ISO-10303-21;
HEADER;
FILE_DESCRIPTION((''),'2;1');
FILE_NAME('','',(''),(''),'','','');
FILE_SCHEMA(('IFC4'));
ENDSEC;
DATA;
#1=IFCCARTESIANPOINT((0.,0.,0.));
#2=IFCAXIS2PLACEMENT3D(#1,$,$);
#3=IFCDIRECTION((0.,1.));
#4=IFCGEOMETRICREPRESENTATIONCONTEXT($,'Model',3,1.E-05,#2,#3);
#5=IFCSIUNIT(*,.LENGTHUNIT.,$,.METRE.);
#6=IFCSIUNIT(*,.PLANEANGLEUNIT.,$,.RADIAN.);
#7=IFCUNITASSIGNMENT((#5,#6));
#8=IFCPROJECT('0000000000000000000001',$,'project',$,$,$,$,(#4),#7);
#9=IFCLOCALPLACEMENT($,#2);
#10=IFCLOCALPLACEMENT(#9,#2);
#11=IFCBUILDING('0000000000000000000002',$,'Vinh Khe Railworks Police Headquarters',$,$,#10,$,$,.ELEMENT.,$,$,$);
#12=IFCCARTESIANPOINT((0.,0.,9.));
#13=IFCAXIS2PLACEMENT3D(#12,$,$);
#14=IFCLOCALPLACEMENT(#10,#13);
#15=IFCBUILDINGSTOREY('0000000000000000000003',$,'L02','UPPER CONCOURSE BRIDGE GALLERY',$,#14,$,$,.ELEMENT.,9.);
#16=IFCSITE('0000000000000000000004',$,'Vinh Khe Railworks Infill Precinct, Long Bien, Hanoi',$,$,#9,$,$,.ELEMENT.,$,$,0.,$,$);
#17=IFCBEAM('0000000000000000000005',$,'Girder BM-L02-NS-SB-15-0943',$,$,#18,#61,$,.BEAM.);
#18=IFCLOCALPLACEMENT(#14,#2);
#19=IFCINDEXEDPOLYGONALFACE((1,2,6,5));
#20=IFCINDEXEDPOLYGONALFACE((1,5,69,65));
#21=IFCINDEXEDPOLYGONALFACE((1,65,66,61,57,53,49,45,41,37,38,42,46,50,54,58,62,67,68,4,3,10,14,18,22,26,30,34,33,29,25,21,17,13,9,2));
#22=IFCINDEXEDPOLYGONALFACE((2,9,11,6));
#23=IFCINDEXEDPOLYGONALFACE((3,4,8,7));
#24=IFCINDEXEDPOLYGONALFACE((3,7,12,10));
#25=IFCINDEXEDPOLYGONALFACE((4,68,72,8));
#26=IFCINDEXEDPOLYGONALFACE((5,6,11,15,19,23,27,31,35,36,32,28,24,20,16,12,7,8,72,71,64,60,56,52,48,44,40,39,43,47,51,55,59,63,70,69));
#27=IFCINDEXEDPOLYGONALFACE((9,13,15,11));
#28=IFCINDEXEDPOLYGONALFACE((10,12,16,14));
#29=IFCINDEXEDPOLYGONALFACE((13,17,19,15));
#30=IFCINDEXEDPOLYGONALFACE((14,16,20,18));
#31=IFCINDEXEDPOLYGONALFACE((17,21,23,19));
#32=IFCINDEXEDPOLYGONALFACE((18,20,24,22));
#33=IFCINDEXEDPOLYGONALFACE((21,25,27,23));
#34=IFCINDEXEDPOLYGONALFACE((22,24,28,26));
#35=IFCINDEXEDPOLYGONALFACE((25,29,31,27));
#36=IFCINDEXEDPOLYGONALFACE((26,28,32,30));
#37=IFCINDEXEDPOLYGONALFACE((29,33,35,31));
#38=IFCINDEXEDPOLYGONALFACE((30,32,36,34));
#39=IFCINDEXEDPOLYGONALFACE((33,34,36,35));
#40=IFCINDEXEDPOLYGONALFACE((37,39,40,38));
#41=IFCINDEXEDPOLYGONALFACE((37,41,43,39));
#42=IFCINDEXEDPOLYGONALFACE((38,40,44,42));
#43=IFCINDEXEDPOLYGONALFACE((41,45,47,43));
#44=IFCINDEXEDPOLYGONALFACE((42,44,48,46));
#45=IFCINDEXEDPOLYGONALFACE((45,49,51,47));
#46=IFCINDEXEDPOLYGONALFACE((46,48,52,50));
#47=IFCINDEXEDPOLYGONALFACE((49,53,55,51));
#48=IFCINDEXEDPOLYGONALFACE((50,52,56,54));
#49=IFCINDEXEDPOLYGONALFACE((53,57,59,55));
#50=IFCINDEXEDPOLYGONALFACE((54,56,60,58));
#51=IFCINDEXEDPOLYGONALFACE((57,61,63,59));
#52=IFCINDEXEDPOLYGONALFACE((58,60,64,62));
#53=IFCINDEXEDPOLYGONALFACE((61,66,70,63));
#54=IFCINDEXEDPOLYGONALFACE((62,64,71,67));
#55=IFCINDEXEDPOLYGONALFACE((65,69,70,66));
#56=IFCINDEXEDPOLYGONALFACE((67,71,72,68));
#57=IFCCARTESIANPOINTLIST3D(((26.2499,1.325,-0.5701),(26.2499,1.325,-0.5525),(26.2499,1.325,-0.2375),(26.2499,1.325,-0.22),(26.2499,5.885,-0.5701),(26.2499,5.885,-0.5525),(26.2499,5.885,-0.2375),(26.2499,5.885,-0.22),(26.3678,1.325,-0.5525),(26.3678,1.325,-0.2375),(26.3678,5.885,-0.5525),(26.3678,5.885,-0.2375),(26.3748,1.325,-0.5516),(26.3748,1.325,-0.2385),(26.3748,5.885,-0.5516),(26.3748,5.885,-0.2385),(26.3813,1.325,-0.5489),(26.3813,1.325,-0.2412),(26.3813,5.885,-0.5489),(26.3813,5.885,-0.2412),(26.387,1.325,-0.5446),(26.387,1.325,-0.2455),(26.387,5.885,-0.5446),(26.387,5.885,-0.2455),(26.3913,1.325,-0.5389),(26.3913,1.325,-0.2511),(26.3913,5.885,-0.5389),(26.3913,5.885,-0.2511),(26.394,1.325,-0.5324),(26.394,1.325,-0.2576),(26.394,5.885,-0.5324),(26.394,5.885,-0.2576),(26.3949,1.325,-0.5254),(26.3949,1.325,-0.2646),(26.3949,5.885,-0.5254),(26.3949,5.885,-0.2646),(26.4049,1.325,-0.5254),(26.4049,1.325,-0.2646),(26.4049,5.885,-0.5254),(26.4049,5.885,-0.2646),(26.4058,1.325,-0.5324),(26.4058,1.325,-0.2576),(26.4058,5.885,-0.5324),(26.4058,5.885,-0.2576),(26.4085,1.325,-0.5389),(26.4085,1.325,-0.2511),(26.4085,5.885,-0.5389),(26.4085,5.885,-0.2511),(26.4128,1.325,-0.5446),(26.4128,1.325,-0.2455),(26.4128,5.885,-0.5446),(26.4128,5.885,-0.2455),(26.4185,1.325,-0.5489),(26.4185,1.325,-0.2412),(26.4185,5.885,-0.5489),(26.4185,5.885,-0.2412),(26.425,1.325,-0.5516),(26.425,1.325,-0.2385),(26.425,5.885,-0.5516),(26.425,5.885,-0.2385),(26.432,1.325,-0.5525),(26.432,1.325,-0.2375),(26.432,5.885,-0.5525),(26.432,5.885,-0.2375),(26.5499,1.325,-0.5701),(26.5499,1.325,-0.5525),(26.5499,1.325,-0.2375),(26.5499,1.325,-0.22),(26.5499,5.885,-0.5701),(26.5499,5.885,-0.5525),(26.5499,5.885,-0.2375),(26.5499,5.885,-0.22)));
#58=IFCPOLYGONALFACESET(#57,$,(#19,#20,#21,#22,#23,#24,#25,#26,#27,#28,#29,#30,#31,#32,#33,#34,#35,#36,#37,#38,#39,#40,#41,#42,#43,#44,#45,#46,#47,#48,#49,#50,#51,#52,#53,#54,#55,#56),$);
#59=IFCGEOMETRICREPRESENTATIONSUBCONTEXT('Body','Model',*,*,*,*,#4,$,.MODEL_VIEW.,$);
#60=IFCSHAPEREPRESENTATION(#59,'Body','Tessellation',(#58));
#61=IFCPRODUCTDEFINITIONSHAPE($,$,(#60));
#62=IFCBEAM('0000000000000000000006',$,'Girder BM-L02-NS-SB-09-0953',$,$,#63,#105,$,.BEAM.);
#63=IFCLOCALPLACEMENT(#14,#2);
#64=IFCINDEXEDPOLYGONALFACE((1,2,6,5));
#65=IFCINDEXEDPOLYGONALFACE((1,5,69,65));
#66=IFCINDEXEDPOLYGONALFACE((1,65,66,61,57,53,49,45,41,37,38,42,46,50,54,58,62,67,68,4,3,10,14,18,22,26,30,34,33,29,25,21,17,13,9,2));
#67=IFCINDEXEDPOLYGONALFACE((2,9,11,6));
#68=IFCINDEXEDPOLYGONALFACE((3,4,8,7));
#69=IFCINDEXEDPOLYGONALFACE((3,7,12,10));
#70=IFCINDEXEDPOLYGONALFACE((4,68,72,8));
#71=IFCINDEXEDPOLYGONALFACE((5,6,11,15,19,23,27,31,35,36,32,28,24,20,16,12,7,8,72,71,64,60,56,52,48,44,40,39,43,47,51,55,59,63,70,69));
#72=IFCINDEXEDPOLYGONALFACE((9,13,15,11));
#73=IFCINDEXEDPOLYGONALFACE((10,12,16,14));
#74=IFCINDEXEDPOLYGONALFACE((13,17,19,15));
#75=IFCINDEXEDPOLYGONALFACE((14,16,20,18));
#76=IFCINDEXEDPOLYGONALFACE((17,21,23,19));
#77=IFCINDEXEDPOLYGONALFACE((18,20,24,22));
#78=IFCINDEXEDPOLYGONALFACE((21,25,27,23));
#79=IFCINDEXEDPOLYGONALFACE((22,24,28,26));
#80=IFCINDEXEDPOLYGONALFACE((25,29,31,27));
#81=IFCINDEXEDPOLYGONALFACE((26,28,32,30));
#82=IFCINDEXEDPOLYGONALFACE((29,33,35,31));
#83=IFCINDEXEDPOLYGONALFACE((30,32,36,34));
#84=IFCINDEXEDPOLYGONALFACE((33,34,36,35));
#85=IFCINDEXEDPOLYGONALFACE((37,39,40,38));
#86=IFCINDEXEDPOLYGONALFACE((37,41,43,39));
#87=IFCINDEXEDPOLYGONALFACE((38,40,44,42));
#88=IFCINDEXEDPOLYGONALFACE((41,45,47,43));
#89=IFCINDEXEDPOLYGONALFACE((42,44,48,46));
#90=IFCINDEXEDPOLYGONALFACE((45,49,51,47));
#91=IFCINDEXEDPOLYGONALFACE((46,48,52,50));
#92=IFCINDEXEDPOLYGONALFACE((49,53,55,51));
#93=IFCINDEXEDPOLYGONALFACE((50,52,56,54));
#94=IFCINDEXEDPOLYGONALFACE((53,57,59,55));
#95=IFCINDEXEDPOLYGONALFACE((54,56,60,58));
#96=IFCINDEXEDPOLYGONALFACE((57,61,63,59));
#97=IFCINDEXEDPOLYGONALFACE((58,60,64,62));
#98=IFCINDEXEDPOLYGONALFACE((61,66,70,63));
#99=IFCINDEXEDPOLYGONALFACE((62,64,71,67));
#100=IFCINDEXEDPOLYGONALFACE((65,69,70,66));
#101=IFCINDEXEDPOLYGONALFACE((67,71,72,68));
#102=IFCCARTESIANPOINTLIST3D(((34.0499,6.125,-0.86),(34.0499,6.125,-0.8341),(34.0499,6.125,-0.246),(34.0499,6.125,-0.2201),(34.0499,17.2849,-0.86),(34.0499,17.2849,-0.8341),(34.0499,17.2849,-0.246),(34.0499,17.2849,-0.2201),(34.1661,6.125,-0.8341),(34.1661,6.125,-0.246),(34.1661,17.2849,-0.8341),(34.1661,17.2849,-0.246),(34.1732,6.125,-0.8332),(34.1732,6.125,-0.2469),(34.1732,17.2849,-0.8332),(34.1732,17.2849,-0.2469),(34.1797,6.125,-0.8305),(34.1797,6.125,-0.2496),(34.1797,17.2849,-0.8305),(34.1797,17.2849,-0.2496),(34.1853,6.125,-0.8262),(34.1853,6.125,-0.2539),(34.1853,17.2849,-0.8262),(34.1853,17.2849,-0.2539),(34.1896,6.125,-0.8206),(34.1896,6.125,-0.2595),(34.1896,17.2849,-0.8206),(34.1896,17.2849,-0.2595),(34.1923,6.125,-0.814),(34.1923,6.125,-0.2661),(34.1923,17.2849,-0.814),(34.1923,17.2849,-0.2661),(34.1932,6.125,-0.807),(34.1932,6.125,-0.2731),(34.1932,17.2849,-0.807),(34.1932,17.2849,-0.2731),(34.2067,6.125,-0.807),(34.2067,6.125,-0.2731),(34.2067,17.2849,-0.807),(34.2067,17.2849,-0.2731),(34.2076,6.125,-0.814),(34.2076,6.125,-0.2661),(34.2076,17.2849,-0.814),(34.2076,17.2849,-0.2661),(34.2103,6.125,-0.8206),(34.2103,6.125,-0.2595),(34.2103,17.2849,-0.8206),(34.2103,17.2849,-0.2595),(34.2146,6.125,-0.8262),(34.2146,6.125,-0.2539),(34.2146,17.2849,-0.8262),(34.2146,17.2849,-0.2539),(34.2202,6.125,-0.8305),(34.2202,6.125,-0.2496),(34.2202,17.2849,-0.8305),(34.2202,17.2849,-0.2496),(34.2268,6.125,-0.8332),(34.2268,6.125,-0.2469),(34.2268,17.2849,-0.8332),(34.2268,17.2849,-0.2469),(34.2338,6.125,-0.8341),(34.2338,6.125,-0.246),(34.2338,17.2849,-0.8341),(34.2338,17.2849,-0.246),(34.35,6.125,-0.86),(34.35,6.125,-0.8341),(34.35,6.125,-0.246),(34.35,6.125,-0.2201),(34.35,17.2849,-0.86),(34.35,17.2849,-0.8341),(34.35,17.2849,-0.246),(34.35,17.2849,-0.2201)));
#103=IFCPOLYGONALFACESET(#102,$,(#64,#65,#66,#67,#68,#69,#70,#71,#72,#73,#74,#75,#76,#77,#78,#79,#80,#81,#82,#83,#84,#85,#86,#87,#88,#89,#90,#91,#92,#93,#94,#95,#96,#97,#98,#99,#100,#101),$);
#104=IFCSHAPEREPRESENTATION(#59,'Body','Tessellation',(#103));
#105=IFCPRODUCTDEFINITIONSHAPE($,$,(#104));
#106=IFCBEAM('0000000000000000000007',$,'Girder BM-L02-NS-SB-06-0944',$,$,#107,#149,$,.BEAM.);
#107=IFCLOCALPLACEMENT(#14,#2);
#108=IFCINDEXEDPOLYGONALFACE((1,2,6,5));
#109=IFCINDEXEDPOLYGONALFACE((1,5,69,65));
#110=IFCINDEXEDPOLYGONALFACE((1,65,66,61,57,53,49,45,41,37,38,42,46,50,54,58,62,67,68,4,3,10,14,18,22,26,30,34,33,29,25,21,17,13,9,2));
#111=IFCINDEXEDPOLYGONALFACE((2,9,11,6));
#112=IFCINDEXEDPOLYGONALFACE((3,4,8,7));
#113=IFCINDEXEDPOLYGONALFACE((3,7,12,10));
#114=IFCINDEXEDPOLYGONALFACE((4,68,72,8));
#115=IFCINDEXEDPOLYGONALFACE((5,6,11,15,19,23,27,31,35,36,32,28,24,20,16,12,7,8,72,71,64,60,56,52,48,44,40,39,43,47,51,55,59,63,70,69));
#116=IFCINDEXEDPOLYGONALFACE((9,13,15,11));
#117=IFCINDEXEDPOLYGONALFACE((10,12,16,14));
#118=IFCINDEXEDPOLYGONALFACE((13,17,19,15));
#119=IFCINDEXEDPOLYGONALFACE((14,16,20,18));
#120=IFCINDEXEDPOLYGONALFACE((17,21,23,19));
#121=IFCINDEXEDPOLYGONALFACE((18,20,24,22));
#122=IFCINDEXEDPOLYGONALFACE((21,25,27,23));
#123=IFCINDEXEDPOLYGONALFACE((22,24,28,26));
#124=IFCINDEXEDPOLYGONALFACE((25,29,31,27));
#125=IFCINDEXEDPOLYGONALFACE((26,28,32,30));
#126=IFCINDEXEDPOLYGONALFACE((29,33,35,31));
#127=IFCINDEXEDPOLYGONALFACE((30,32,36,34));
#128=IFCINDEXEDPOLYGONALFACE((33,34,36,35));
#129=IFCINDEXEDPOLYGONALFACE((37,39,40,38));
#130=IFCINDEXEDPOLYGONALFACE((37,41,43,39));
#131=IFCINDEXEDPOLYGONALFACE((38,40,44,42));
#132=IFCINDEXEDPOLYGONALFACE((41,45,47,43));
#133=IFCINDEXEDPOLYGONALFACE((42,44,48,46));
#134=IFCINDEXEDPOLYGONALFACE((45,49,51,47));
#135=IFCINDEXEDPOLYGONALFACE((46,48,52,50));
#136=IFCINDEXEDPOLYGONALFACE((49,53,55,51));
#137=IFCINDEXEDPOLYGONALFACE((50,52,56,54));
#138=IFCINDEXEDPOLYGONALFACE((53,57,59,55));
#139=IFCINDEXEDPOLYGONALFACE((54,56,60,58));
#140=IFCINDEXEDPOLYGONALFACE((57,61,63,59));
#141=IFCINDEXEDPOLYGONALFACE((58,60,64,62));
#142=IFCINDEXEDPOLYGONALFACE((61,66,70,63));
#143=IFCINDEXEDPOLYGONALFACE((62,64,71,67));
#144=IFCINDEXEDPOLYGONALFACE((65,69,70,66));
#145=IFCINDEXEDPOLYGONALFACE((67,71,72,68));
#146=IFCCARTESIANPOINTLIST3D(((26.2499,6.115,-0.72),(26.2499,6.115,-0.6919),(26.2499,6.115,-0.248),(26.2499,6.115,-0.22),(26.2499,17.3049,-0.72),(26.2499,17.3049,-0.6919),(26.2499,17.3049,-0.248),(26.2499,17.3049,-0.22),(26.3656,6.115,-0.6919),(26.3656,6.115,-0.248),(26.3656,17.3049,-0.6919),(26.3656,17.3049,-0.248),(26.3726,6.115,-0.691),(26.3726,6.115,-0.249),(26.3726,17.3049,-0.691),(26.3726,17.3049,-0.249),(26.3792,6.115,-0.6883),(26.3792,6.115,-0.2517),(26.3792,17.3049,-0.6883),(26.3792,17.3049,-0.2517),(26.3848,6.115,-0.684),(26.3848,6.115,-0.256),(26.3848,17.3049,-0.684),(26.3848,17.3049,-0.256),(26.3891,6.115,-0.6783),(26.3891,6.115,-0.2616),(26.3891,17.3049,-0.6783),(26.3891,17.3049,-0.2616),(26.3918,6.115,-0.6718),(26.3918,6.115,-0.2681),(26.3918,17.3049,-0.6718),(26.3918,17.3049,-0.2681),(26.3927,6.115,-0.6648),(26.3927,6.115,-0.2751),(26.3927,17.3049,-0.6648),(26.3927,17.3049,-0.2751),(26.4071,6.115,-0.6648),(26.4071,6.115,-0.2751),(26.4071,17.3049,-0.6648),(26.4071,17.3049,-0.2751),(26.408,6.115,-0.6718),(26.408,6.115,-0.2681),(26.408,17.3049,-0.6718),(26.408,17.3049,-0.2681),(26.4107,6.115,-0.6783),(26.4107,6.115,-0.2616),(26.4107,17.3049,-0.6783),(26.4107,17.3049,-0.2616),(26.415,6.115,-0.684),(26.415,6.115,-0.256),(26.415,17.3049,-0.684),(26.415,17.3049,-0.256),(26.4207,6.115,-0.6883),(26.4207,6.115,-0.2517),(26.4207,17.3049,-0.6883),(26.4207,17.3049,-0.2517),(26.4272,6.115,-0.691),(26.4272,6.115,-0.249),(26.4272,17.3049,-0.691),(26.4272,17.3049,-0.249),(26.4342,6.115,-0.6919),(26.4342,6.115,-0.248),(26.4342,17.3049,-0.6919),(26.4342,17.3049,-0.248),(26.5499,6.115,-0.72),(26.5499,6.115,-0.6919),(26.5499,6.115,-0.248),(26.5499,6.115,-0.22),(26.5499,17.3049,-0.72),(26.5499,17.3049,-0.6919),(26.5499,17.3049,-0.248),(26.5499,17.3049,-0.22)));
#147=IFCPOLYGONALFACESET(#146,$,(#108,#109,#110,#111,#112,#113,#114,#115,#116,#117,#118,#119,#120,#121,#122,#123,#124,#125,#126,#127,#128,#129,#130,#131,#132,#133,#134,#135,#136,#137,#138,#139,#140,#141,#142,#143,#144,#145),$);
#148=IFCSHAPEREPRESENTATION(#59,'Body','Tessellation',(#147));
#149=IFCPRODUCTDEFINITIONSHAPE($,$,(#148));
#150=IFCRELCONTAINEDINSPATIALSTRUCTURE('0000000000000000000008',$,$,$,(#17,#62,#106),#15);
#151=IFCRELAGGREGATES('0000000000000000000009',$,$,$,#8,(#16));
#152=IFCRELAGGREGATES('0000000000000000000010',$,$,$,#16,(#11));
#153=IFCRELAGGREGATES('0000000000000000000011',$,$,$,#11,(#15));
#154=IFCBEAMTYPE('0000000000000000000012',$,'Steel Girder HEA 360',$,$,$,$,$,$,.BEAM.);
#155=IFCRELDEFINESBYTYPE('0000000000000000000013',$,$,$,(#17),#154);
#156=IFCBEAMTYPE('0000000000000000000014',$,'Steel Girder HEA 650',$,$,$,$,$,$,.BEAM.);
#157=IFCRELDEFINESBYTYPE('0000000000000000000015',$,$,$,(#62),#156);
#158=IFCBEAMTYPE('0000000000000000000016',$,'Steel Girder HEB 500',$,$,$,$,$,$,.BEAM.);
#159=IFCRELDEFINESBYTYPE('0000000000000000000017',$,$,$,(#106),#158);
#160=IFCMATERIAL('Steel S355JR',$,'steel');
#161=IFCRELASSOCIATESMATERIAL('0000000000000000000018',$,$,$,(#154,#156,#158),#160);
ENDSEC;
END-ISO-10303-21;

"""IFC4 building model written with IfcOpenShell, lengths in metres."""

from ifc_helpers import new_model, si_unit, direction, frame, origin, origin_2d, place, context, subcontext, project, spatial, i_section, extrude, material, material_profile, profile_set, type_object, element, save


model = new_model("IFC4")

# Units and contexts
model_context = context("Model", 3, precision=1e-05, world=origin(), true_north=direction((0.0, 1.0)))
body_context = subcontext(model_context, "Body", "Model", "MODEL_VIEW")
ifc_project = project(units=[si_unit("LENGTHUNIT", "METRE"), si_unit("PLANEANGLEUNIT", "RADIAN")], contexts=[model_context])

# Site, building, storey
site_placement = place(None, origin())
site = spatial("IfcSite", under=ifc_project, at=site_placement, Name="Vinh Khe Railworks Infill Precinct, Long Bien, Hanoi", CompositionType="ELEMENT", RefElevation=0.0)
building_placement = place(site_placement, origin())
building = spatial("IfcBuilding", under=site, at=building_placement, Name="Vinh Khe Railworks Police Headquarters", CompositionType="ELEMENT")
storey_placement = place(building_placement, frame((0.0, 0.0, 9.0)))
storey = spatial("IfcBuildingStorey", under=building, at=storey_placement, Name="L02", Description="UPPER CONCOURSE BRIDGE GALLERY", CompositionType="ELEMENT", Elevation=9.0)

# Shared definitions
ifc_material_1 = material(Name="Steel S355JR", Category="steel")

# Beams
ifc_material_profile_1 = material_profile(ifc_material_1, i_section(OverallWidth=0.3, OverallDepth=0.3501, WebThickness=0.01, FlangeThickness=0.0176, FilletRadius=0.0271, at=origin_2d()), Name="HEA 360")
ifc_profile_set_1 = profile_set([ifc_material_profile_1], Name="Steel S355JR")
beam_type_1 = type_object("IfcBeamType", Name="Steel Girder HEA 360", PredefinedType="BEAM", material=ifc_profile_set_1)
beam_1_placement = place(storey_placement, frame((26.3999, 1.325, -0.395), z_axis=(0.0, 1.0, 0.0), x_axis=(-1.0, 0.0, 0.0)))
element("IfcBeam", 1, at=beam_1_placement, inside=storey, type_object=beam_type_1, Name="Girder BM-L02-NS-SB-15-0943", PredefinedType="BEAM", context=body_context, shape_type="SweptSolid", body=[
    extrude(i_section(OverallWidth=0.3, OverallDepth=0.3501, WebThickness=0.01, FlangeThickness=0.0176, FilletRadius=0.0271, at=origin_2d()), origin(), (0.0, 0.0, 1.0), 4.5601),
])
ifc_material_profile_2 = material_profile(ifc_material_1, i_section(OverallWidth=0.3, OverallDepth=0.6399, WebThickness=0.0134, FlangeThickness=0.0259, FilletRadius=0.0271, at=origin_2d()), Name="HEA 650")
ifc_profile_set_2 = profile_set([ifc_material_profile_2], Name="Steel S355JR")
beam_type_2 = type_object("IfcBeamType", Name="Steel Girder HEA 650", PredefinedType="BEAM", material=ifc_profile_set_2)
beam_2_placement = place(storey_placement, frame((34.2, 6.125, -0.54), z_axis=(0.0, 1.0, 0.0), x_axis=(-1.0, 0.0, 0.0)))
element("IfcBeam", 2, at=beam_2_placement, inside=storey, type_object=beam_type_2, Name="Girder BM-L02-NS-SB-09-0953", PredefinedType="BEAM", context=body_context, shape_type="SweptSolid", body=[
    extrude(i_section(OverallWidth=0.3, OverallDepth=0.6399, WebThickness=0.0134, FlangeThickness=0.0259, FilletRadius=0.0271, at=origin_2d()), origin(), (0.0, 0.0, 1.0), 11.1599),
])
ifc_material_profile_3 = material_profile(ifc_material_1, i_section(OverallWidth=0.3, OverallDepth=0.5, WebThickness=0.0144, FlangeThickness=0.0281, FilletRadius=0.0271, at=origin_2d()), Name="HEB 500")
ifc_profile_set_3 = profile_set([ifc_material_profile_3], Name="Steel S355JR")
beam_type_3 = type_object("IfcBeamType", Name="Steel Girder HEB 500", PredefinedType="BEAM", material=ifc_profile_set_3)
beam_3_placement = place(storey_placement, frame((26.3999, 6.115, -0.47), z_axis=(0.0, 1.0, 0.0), x_axis=(-1.0, 0.0, 0.0)))
element("IfcBeam", 3, at=beam_3_placement, inside=storey, type_object=beam_type_3, Name="Girder BM-L02-NS-SB-06-0944", PredefinedType="BEAM", context=body_context, shape_type="SweptSolid", body=[
    extrude(i_section(OverallWidth=0.3, OverallDepth=0.5, WebThickness=0.0144, FlangeThickness=0.0281, FilletRadius=0.0271, at=origin_2d()), origin(), (0.0, 0.0, 1.0), 11.1899),
])

save(model, "model.ifc")
